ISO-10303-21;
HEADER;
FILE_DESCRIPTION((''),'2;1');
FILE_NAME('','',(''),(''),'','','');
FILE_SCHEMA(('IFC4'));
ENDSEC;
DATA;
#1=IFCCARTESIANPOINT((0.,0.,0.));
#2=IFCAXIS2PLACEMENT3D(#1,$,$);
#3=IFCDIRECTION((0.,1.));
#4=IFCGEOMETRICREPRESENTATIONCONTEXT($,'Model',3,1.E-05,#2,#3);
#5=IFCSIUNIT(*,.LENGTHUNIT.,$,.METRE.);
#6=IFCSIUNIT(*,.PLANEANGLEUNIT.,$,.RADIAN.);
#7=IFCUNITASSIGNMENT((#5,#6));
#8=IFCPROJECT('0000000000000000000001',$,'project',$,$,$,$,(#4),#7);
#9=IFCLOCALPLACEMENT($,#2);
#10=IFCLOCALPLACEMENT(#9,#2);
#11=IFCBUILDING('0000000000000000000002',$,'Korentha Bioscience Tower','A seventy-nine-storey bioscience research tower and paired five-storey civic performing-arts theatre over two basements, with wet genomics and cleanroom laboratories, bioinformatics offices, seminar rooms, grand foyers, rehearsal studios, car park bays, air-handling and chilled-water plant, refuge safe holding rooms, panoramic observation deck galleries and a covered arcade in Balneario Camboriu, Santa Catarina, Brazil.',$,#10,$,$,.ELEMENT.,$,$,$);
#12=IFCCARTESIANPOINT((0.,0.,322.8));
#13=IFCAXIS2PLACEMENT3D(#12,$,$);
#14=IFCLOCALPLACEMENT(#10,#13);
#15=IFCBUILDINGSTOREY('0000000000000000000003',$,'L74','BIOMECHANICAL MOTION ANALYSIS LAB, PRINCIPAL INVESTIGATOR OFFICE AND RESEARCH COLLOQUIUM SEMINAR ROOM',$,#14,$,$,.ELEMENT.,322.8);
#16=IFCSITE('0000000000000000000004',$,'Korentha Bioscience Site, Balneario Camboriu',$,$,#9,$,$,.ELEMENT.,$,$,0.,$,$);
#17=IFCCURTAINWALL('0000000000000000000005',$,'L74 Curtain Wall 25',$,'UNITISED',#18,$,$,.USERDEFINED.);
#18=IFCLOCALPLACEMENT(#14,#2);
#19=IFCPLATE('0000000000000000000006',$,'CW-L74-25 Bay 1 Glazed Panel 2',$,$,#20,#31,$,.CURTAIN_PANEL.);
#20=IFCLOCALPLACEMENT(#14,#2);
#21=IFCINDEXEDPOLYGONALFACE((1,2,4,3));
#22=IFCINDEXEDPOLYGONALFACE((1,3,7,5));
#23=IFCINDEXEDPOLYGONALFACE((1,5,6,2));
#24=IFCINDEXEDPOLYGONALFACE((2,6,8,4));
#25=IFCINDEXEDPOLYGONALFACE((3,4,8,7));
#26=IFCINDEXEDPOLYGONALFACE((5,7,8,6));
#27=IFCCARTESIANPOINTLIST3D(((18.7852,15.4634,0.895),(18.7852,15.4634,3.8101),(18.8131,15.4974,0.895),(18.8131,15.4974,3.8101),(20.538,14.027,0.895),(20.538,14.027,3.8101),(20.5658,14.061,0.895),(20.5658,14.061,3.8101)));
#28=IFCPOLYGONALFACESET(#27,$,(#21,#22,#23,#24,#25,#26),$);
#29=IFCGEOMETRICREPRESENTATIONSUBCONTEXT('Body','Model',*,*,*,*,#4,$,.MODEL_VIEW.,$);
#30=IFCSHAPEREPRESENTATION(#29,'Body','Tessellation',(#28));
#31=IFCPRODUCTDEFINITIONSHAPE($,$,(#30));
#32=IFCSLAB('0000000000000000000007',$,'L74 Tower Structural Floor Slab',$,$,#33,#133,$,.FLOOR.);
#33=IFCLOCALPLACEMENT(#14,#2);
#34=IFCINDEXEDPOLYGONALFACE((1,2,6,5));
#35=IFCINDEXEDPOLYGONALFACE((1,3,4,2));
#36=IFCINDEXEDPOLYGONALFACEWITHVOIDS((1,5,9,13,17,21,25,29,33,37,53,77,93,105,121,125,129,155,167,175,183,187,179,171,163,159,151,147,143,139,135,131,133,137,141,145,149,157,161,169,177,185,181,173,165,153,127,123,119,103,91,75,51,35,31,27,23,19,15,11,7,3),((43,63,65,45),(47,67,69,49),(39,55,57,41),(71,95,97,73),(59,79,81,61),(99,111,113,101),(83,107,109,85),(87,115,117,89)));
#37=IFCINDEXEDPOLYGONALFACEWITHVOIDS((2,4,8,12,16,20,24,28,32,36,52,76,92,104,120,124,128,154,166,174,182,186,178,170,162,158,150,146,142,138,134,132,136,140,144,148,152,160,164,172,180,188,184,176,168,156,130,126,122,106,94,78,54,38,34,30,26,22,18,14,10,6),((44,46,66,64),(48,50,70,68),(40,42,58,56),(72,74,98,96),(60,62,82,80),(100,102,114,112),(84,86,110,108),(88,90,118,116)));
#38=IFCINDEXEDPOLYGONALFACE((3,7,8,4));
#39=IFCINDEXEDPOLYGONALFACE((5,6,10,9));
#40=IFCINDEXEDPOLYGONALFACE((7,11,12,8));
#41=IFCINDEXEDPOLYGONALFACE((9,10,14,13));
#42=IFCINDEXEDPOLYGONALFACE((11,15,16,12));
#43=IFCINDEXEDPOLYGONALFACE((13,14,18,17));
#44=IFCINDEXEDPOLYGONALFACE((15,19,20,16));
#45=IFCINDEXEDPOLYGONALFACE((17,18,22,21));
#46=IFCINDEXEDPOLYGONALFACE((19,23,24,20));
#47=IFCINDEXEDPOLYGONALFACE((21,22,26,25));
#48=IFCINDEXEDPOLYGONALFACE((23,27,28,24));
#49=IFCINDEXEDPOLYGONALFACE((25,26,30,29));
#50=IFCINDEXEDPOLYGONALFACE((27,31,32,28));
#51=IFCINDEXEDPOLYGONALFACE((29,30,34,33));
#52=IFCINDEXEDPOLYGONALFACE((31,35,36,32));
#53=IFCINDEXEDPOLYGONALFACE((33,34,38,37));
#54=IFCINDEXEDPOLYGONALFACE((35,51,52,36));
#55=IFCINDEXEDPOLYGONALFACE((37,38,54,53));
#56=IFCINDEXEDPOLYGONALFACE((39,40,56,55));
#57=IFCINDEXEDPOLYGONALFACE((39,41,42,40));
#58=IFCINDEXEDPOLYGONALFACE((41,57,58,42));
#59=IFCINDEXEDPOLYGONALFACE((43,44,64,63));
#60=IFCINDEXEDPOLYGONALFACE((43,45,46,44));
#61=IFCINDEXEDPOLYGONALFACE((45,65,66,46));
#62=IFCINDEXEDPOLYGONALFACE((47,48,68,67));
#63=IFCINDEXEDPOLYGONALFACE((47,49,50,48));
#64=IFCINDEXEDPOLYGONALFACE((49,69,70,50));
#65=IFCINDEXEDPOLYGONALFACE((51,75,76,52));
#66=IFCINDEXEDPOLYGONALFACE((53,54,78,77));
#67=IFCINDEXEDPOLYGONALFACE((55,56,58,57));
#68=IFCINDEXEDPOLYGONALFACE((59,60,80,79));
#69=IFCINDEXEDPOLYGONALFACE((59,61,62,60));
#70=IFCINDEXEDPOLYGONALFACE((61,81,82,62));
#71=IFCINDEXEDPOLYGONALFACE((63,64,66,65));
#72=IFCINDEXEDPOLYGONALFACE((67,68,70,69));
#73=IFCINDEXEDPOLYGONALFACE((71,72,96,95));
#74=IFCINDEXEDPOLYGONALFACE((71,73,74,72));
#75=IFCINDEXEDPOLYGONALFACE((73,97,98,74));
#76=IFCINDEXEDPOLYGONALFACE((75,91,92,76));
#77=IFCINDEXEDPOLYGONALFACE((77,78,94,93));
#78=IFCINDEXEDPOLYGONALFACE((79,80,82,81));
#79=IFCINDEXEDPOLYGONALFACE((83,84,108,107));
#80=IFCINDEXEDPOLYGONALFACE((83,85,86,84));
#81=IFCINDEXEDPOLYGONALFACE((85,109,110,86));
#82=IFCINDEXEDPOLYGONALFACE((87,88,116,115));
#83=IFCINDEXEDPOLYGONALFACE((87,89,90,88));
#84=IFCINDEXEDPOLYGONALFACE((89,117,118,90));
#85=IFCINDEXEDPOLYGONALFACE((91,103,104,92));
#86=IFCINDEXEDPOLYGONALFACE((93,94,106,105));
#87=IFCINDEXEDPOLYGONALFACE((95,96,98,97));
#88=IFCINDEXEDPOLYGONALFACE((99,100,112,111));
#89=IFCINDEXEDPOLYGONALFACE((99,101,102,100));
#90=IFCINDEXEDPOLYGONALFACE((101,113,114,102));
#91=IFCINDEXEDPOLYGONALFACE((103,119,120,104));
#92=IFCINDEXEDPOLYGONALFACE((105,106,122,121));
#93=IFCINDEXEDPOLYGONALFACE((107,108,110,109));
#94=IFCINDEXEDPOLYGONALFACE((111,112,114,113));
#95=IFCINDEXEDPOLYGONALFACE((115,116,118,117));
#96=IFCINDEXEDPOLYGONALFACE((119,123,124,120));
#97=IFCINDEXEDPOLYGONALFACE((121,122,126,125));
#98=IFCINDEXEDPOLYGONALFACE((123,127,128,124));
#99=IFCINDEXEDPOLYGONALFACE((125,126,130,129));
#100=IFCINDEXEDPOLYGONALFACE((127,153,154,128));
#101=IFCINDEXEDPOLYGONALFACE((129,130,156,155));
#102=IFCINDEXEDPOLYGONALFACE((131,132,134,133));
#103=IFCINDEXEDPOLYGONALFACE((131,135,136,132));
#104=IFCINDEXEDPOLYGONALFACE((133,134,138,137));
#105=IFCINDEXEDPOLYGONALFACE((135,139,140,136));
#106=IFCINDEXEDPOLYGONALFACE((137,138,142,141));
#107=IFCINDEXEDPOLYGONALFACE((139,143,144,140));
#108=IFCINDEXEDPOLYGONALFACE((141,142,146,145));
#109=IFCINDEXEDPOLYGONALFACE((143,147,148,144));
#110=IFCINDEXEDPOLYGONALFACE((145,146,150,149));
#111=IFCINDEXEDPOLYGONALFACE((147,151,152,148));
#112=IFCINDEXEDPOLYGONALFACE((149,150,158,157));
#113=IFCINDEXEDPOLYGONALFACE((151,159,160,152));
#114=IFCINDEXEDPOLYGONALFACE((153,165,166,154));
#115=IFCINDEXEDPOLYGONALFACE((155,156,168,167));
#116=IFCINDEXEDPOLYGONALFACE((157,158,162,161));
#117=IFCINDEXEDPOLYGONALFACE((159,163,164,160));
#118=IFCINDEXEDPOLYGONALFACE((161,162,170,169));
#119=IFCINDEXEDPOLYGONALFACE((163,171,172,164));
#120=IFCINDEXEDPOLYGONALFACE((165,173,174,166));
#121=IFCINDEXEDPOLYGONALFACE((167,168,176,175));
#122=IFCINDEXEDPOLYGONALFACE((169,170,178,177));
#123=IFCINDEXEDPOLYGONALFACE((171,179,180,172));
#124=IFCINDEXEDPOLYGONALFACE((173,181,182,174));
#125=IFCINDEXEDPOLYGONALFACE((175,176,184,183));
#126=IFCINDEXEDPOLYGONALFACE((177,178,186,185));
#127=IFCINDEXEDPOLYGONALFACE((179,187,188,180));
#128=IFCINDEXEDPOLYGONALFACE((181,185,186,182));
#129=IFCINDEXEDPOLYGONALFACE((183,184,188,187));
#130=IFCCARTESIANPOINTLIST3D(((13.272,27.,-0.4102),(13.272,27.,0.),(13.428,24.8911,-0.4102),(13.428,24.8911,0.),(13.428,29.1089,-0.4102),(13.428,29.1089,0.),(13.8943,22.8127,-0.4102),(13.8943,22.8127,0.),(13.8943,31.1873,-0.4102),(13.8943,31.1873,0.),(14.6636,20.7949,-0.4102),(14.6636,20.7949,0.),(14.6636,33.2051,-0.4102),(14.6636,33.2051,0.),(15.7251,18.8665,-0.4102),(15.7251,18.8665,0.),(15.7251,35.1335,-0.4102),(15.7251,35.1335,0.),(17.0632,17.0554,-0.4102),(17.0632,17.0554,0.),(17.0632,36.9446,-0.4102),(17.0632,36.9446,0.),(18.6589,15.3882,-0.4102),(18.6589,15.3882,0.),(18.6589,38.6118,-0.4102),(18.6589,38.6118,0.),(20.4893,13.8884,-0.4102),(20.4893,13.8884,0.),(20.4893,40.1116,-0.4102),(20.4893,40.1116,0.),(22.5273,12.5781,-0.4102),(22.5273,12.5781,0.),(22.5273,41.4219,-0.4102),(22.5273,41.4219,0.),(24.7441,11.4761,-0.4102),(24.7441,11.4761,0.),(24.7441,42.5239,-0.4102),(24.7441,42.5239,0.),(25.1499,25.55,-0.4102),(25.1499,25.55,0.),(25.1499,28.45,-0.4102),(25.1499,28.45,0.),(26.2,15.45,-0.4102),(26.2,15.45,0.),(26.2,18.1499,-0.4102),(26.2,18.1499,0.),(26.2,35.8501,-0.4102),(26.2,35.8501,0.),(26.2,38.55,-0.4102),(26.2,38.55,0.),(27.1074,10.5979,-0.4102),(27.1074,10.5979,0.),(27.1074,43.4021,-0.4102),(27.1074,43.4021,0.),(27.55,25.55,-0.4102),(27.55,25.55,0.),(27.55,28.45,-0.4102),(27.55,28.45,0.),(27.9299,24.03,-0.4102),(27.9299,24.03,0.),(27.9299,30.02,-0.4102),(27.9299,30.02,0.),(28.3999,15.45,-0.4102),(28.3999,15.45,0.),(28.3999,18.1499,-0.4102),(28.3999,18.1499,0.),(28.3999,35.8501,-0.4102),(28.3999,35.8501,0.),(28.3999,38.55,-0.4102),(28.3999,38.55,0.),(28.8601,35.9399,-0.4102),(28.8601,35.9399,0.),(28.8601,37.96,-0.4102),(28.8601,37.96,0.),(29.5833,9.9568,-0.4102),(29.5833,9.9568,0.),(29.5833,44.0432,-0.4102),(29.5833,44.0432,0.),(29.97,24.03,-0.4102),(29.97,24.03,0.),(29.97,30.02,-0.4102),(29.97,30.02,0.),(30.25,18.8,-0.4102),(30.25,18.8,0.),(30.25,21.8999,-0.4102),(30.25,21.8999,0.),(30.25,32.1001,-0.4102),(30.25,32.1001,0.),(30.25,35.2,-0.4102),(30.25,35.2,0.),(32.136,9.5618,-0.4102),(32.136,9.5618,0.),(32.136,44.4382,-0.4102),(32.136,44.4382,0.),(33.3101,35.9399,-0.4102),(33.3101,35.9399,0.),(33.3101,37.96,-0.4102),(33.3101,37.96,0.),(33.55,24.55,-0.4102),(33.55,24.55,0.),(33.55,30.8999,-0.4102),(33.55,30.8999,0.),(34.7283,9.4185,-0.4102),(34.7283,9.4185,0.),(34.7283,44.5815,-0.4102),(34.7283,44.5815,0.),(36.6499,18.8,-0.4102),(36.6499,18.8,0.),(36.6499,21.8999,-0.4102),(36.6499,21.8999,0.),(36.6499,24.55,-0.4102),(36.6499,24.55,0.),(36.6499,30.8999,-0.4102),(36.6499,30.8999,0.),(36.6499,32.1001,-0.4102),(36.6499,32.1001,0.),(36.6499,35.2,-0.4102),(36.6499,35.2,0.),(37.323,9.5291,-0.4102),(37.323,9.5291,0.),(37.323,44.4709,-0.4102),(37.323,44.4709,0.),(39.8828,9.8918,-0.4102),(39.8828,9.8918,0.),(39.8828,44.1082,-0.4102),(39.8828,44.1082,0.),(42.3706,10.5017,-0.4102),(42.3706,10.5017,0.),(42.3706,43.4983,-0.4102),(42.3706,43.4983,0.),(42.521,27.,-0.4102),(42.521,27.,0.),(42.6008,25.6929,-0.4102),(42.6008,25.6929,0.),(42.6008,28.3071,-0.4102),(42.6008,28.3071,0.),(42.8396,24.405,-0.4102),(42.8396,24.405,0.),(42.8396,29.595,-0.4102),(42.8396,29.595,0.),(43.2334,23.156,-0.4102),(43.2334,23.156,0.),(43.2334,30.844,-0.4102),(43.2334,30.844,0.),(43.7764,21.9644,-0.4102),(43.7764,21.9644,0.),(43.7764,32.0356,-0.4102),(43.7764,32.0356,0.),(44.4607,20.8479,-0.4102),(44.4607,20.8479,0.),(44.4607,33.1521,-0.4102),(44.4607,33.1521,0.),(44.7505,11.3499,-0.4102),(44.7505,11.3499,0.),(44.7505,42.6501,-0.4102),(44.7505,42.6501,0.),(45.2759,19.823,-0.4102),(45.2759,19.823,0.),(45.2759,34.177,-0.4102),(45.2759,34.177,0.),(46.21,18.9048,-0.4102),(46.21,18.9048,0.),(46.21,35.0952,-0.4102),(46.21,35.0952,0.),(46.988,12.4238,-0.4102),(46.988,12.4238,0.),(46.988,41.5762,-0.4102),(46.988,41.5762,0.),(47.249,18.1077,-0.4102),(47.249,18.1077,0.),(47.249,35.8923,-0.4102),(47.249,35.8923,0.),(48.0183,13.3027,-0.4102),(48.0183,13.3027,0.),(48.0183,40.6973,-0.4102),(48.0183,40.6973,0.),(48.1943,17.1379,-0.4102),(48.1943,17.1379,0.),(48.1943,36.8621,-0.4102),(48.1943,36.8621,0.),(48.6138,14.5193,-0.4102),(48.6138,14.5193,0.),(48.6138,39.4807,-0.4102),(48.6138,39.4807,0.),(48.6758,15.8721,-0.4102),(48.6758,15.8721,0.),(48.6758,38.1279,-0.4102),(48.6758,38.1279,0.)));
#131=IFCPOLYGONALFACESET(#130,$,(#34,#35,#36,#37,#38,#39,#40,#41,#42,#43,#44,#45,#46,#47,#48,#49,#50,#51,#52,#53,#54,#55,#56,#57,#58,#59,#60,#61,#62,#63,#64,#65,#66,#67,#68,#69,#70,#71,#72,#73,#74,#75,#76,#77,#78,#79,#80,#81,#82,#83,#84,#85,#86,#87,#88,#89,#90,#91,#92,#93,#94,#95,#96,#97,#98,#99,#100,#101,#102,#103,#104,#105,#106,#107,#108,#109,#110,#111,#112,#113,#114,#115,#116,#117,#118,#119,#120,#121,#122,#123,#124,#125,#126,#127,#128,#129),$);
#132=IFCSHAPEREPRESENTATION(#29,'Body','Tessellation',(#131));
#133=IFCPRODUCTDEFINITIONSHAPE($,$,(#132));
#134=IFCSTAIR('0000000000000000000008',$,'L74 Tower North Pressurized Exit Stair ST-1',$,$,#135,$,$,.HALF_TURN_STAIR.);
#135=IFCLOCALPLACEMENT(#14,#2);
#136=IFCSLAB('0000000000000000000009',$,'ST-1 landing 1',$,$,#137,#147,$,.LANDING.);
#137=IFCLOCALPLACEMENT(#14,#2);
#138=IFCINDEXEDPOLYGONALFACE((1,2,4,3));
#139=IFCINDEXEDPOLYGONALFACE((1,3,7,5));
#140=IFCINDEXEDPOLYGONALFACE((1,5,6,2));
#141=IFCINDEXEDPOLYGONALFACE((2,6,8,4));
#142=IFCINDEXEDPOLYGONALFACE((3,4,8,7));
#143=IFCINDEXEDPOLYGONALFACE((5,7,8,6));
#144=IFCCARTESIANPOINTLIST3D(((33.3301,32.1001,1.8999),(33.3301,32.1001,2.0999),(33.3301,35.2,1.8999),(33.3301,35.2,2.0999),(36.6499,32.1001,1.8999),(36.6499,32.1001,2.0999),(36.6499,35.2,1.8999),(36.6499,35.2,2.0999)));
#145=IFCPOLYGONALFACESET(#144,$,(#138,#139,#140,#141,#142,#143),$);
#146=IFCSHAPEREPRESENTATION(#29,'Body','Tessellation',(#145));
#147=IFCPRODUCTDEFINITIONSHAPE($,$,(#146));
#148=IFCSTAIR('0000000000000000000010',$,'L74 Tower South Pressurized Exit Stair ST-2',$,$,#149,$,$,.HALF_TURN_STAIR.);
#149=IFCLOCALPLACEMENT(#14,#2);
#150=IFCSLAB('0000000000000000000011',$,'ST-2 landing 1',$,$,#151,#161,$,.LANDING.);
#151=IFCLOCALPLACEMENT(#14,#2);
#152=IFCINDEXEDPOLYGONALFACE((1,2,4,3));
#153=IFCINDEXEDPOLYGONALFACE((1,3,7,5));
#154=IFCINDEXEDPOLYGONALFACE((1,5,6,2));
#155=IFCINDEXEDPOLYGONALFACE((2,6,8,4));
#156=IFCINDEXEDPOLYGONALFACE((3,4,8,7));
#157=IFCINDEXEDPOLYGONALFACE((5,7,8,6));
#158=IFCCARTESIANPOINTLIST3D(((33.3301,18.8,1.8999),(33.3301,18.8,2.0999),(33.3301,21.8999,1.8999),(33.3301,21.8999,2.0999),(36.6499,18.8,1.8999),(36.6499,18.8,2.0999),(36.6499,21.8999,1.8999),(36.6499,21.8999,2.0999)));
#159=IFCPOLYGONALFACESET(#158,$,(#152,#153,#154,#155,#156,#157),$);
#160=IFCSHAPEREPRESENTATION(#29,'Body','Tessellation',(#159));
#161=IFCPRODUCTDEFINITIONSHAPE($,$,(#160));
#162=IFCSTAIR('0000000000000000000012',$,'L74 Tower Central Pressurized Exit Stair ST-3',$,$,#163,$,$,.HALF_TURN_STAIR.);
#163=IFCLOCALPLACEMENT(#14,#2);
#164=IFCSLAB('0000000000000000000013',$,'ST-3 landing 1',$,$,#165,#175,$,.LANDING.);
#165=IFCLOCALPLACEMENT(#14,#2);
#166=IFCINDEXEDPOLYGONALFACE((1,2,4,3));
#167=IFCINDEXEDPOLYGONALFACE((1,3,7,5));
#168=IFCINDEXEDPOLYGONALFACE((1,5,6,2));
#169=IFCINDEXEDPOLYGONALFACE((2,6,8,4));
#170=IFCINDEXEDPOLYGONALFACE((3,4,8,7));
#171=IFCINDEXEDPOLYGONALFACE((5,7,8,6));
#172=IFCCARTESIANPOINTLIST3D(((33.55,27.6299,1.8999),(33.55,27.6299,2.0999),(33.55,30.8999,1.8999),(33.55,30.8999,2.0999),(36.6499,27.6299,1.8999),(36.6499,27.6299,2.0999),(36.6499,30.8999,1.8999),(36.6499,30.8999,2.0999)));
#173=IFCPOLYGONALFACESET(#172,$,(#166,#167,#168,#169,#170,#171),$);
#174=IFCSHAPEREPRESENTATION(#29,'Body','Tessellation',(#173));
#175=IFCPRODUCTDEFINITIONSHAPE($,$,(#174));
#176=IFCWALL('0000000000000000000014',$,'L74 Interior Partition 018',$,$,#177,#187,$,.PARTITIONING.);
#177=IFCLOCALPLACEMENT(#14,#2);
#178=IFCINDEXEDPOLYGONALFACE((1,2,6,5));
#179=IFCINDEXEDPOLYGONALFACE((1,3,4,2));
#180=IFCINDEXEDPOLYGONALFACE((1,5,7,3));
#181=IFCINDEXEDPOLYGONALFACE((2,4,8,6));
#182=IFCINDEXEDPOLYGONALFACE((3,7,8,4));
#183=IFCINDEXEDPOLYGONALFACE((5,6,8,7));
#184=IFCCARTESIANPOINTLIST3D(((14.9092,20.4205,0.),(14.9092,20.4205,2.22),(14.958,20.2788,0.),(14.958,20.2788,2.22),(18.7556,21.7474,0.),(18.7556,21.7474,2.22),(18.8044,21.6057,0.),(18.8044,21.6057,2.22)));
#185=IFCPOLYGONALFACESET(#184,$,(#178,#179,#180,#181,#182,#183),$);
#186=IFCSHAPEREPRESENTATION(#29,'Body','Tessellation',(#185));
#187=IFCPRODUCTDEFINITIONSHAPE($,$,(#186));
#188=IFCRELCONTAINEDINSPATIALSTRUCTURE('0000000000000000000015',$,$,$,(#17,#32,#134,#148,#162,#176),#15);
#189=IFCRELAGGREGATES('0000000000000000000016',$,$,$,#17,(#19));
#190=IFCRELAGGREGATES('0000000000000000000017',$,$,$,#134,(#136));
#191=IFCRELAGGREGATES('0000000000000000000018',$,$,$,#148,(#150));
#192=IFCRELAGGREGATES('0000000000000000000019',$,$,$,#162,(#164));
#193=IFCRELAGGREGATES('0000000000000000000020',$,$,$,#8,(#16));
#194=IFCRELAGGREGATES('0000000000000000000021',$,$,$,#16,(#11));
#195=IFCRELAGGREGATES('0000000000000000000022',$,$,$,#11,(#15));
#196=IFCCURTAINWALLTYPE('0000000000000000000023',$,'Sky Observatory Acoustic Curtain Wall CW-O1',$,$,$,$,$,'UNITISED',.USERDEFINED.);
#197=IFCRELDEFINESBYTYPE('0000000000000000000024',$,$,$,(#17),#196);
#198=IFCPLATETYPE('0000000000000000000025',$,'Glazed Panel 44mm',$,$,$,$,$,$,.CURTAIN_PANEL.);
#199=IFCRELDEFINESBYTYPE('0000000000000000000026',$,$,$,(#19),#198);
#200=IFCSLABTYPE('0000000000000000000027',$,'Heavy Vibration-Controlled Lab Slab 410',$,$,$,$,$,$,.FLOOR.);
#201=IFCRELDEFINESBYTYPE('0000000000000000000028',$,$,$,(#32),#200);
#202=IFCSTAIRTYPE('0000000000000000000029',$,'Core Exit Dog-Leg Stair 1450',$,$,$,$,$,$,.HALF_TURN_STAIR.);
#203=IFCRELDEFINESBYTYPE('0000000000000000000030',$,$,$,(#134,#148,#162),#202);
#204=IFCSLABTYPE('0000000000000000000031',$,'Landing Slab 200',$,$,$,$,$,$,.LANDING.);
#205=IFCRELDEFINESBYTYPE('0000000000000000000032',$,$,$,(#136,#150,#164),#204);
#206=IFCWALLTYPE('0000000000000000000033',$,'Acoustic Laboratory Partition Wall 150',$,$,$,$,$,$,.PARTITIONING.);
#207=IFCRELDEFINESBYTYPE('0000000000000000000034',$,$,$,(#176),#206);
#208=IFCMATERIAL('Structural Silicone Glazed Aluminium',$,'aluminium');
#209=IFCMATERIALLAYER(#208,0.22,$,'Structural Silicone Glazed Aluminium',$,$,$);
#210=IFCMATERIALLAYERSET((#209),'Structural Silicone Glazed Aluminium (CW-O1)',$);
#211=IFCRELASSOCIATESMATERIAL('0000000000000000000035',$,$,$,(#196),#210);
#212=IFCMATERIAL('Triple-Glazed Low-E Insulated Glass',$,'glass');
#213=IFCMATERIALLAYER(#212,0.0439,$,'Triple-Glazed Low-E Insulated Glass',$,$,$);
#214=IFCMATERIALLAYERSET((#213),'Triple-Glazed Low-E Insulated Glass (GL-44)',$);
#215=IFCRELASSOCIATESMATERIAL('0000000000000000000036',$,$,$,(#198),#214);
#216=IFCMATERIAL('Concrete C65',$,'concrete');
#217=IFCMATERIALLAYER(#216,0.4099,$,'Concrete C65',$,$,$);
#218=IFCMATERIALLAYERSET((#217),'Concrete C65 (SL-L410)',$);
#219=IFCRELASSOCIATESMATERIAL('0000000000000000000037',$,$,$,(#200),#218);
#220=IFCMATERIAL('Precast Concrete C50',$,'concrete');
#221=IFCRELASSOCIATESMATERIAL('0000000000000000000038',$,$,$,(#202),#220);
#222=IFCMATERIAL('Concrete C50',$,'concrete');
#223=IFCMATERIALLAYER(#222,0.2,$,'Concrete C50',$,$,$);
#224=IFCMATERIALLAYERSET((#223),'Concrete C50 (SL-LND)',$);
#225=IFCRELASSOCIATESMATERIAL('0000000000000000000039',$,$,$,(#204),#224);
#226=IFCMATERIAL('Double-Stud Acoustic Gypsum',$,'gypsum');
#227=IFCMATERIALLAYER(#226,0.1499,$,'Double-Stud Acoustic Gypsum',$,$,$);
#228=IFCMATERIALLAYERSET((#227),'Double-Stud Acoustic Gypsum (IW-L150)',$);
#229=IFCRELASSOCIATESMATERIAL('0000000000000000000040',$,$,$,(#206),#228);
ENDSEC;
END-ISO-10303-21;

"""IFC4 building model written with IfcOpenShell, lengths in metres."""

from ifc_helpers import new_model, si_unit, direction, frame, frame_2d, origin, origin_2d, place, context, subcontext, project, spatial, polyline, rectangle, outline, extrude, material, layer, layer_set, type_object, element, aggregate, save


model = new_model("IFC4")

# Units and contexts
model_context = context("Model", 3, precision=1e-05, world=origin(), true_north=direction((0.0, 1.0)))
body_context = subcontext(model_context, "Body", "Model", "MODEL_VIEW")
ifc_project = project(units=[si_unit("LENGTHUNIT", "METRE"), si_unit("PLANEANGLEUNIT", "RADIAN")], contexts=[model_context])

# Site, building, storey
site_placement = place(None, origin())
site = spatial("IfcSite", under=ifc_project, at=site_placement, Name="Korentha Bioscience Site, Balneario Camboriu", CompositionType="ELEMENT", RefElevation=0.0)
building_placement = place(site_placement, origin())
building = spatial("IfcBuilding", under=site, at=building_placement, Name="Korentha Bioscience Tower", Description="A seventy-nine-storey bioscience research tower and paired five-storey civic performing-arts theatre over two basements, with wet genomics and cleanroom laboratories, bioinformatics offices, seminar rooms, grand foyers, rehearsal studios, car park bays, air-handling and chilled-water plant, refuge safe holding rooms, panoramic observation deck galleries and a covered arcade in Balneario Camboriu, Santa Catarina, Brazil.", CompositionType="ELEMENT")
storey_placement = place(building_placement, frame((0.0, 0.0, 322.8)))
storey = spatial("IfcBuildingStorey", under=building, at=storey_placement, Name="L74", Description="BIOMECHANICAL MOTION ANALYSIS LAB, PRINCIPAL INVESTIGATOR OFFICE AND RESEARCH COLLOQUIUM SEMINAR ROOM", CompositionType="ELEMENT", Elevation=322.8)

# Shared definitions
ifc_material_1 = material(Name="Concrete C50", Category="concrete")

# Shared definitions
ifc_material_2 = material(Name="Structural Silicone Glazed Aluminium", Category="aluminium")
ifc_layer_1 = layer(ifc_material_2, 0.22, Name="Structural Silicone Glazed Aluminium")
ifc_layer_set_1 = layer_set([ifc_layer_1], Name="Structural Silicone Glazed Aluminium (CW-O1)")
curtain_wall_type = type_object("IfcCurtainWallType", Name="Sky Observatory Acoustic Curtain Wall CW-O1", ElementType="UNITISED", PredefinedType="USERDEFINED", material=ifc_layer_set_1)

# Curtain wall
curtain_wall_1_placement = place(storey_placement, origin())
curtain_wall_1 = element("IfcCurtainWall", 1, at=curtain_wall_1_placement, inside=storey, type_object=curtain_wall_type, Name="L74 Curtain Wall 25", ObjectType="UNITISED", PredefinedType="USERDEFINED")

# Plate
ifc_material_3 = material(Name="Triple-Glazed Low-E Insulated Glass", Category="glass")
ifc_layer_2 = layer(ifc_material_3, 0.0439, Name="Triple-Glazed Low-E Insulated Glass")
ifc_layer_set_2 = layer_set([ifc_layer_2], Name="Triple-Glazed Low-E Insulated Glass (GL-44)")
plate_type = type_object("IfcPlateType", Name="Glazed Panel 44mm", PredefinedType="CURTAIN_PANEL", material=ifc_layer_set_2)
plate_1_placement = place(storey_placement, frame((19.6755, 14.7622, 0.895), z_axis=(0.0, 0.0, 1.0), x_axis=(0.773456, -0.63385, 0.0)))
plate_1 = element("IfcPlate", 2, at=plate_1_placement, type_object=plate_type, Name="CW-L74-25 Bay 1 Glazed Panel 2", PredefinedType="CURTAIN_PANEL", context=body_context, shape_type="SweptSolid", body=[
    extrude(rectangle(XDim=2.2661, YDim=0.0439, at=origin_2d()), origin(), (0.0, 0.0, 1.0), 2.915),
])
aggregate(curtain_wall_1, [plate_1])

# Slab
ifc_material_4 = material(Name="Concrete C65", Category="concrete")
ifc_layer_3 = layer(ifc_material_4, 0.4099, Name="Concrete C65")
ifc_layer_set_3 = layer_set([ifc_layer_3], Name="Concrete C65 (SL-L410)")
slab_type_1 = type_object("IfcSlabType", Name="Heavy Vibration-Controlled Lab Slab 410", PredefinedType="FLOOR", material=ifc_layer_set_3)
slab_1_placement = place(storey_placement, frame((0.0, 0.0, -0.4102)))
element("IfcSlab", 3, at=slab_1_placement, inside=storey, type_object=slab_type_1, Name="L74 Tower Structural Floor Slab", PredefinedType="FLOOR", context=body_context, shape_type="SweptSolid", body=[
    extrude(outline(polyline([(46.988, 41.5762), (44.7505, 42.6501), (42.3706, 43.4983), (39.8828, 44.1082), (37.323, 44.4709), (34.7283, 44.5815), (32.136, 44.4382), (29.5833, 44.0432), (27.1074, 43.4021), (24.7441, 42.5239), (22.5273, 41.4219), (20.4893, 40.1116), (18.6589, 38.6118), (17.0632, 36.9446), (15.7251, 35.1335), (14.6636, 33.2051), (13.8943, 31.1873), (13.428, 29.1089), (13.272, 27.0), (13.428, 24.8911), (13.8943, 22.8127), (14.6636, 20.7949), (15.7251, 18.8665), (17.0632, 17.0554), (18.6589, 15.3882), (20.4893, 13.8884), (22.5273, 12.5781), (24.7441, 11.4761), (27.1074, 10.5979), (29.5833, 9.9568), (32.136, 9.5618), (34.7283, 9.4185), (37.323, 9.5291), (39.8828, 9.8918), (42.3706, 10.5017), (44.7505, 11.3499), (46.988, 12.4238), (48.0183, 13.3027), (48.6138, 14.5193), (48.6758, 15.8721), (48.1943, 17.1379), (47.249, 18.1077), (46.21, 18.9048), (45.2759, 19.823), (44.4607, 20.8479), (43.7764, 21.9644), (43.2334, 23.156), (42.8396, 24.405), (42.6008, 25.6929), (42.521, 27.0), (42.6008, 28.3071), (42.8396, 29.595), (43.2334, 30.844), (43.7764, 32.0356), (44.4607, 33.1521), (45.2759, 34.177), (46.21, 35.0952), (47.249, 35.8923), (48.1943, 36.8621), (48.6758, 38.1279), (48.6138, 39.4807), (48.0183, 40.6973), (46.988, 41.5762)]), holes=[polyline([(30.25, 32.1001), (36.6499, 32.1001), (36.6499, 35.2), (30.25, 35.2), (30.25, 32.1001)]), polyline([(30.25, 18.8), (36.6499, 18.8), (36.6499, 21.8999), (30.25, 21.8999), (30.25, 18.8)]), polyline([(36.6499, 24.55), (36.6499, 30.8999), (33.55, 30.8999), (33.55, 24.55), (36.6499, 24.55)]), polyline([(27.9299, 24.03), (29.97, 24.03), (29.97, 30.02), (27.9299, 30.02), (27.9299, 24.03)]), polyline([(28.8601, 35.9399), (33.3101, 35.9399), (33.3101, 37.96), (28.8601, 37.96), (28.8601, 35.9399)]), polyline([(26.2, 15.45), (28.3999, 15.45), (28.3999, 18.1499), (26.2, 18.1499), (26.2, 15.45)]), polyline([(26.2, 35.8501), (28.3999, 35.8501), (28.3999, 38.55), (26.2, 38.55), (26.2, 35.8501)]), polyline([(25.1499, 25.55), (27.55, 25.55), (27.55, 28.45), (25.1499, 28.45), (25.1499, 25.55)])]), origin(), (0.0, 0.0, 1.0), 0.4102),
])

# Stairs, slabs
ifc_material_5 = material(Name="Precast Concrete C50", Category="concrete")
stair_type = type_object("IfcStairType", Name="Core Exit Dog-Leg Stair 1450", PredefinedType="HALF_TURN_STAIR", material=ifc_material_5)
stair_1_placement = place(storey_placement, origin())
stair_1 = element("IfcStair", 4, at=stair_1_placement, inside=storey, type_object=stair_type, Name="L74 Tower North Pressurized Exit Stair ST-1", PredefinedType="HALF_TURN_STAIR")
ifc_layer_4 = layer(ifc_material_1, 0.2, Name="Concrete C50")
ifc_layer_set_4 = layer_set([ifc_layer_4], Name="Concrete C50 (SL-LND)")
slab_type_2 = type_object("IfcSlabType", Name="Landing Slab 200", PredefinedType="LANDING", material=ifc_layer_set_4)
slab_2_placement = place(storey_placement, frame((0.0, 0.0, 1.8999)))
slab_2 = element("IfcSlab", 5, at=slab_2_placement, type_object=slab_type_2, Name="ST-1 landing 1", PredefinedType="LANDING", context=body_context, shape_type="SweptSolid", body=[
    extrude(outline(polyline([(33.3301, 32.1001), (36.6499, 32.1001), (36.6499, 35.2), (33.3301, 35.2), (33.3301, 32.1001)])), origin(), (0.0, 0.0, 1.0), 0.2),
])
aggregate(stair_1, [slab_2])
stair_2_placement = place(storey_placement, origin())
stair_2 = element("IfcStair", 6, at=stair_2_placement, inside=storey, type_object=stair_type, Name="L74 Tower South Pressurized Exit Stair ST-2", PredefinedType="HALF_TURN_STAIR")
slab_3_placement = place(storey_placement, frame((0.0, 0.0, 1.8999)))
slab_3 = element("IfcSlab", 7, at=slab_3_placement, type_object=slab_type_2, Name="ST-2 landing 1", PredefinedType="LANDING", context=body_context, shape_type="SweptSolid", body=[
    extrude(outline(polyline([(33.3301, 18.8), (36.6499, 18.8), (36.6499, 21.8999), (33.3301, 21.8999), (33.3301, 18.8)])), origin(), (0.0, 0.0, 1.0), 0.2),
])
aggregate(stair_2, [slab_3])
stair_3_placement = place(storey_placement, origin())
stair_3 = element("IfcStair", 8, at=stair_3_placement, inside=storey, type_object=stair_type, Name="L74 Tower Central Pressurized Exit Stair ST-3", PredefinedType="HALF_TURN_STAIR")
slab_4_placement = place(storey_placement, frame((0.0, 0.0, 1.8999)))
slab_4 = element("IfcSlab", 9, at=slab_4_placement, type_object=slab_type_2, Name="ST-3 landing 1", PredefinedType="LANDING", context=body_context, shape_type="SweptSolid", body=[
    extrude(outline(polyline([(36.6499, 27.6299), (36.6499, 30.8999), (33.55, 30.8999), (33.55, 27.6299), (36.6499, 27.6299)])), origin(), (0.0, 0.0, 1.0), 0.2),
])
aggregate(stair_3, [slab_4])

# Shared definitions
ifc_material_6 = material(Name="Double-Stud Acoustic Gypsum", Category="gypsum")
ifc_layer_5 = layer(ifc_material_6, 0.1499, Name="Double-Stud Acoustic Gypsum")
ifc_layer_set_5 = layer_set([ifc_layer_5], Name="Double-Stud Acoustic Gypsum (IW-L150)")
wall_type_1 = type_object("IfcWallType", Name="Acoustic Laboratory Partition Wall 150", PredefinedType="PARTITIONING", material=ifc_layer_set_5)

# Wall
wall_1_placement = place(storey_placement, frame((14.9336, 20.3496, 0.0), z_axis=(0.0, 0.0, 1.0), x_axis=(0.945332, 0.326111, 0.0)))
element("IfcWall", 10, at=wall_1_placement, inside=storey, type_object=wall_type_1, Name="L74 Interior Partition 018", PredefinedType="PARTITIONING", context=body_context, shape_type="SweptSolid", body=[
    extrude(rectangle(XDim=4.0688, YDim=0.1499, at=frame_2d((2.0344, 0.0))), origin(), (0.0, 0.0, 1.0), 2.22),
])

save(model, "model.ifc")
